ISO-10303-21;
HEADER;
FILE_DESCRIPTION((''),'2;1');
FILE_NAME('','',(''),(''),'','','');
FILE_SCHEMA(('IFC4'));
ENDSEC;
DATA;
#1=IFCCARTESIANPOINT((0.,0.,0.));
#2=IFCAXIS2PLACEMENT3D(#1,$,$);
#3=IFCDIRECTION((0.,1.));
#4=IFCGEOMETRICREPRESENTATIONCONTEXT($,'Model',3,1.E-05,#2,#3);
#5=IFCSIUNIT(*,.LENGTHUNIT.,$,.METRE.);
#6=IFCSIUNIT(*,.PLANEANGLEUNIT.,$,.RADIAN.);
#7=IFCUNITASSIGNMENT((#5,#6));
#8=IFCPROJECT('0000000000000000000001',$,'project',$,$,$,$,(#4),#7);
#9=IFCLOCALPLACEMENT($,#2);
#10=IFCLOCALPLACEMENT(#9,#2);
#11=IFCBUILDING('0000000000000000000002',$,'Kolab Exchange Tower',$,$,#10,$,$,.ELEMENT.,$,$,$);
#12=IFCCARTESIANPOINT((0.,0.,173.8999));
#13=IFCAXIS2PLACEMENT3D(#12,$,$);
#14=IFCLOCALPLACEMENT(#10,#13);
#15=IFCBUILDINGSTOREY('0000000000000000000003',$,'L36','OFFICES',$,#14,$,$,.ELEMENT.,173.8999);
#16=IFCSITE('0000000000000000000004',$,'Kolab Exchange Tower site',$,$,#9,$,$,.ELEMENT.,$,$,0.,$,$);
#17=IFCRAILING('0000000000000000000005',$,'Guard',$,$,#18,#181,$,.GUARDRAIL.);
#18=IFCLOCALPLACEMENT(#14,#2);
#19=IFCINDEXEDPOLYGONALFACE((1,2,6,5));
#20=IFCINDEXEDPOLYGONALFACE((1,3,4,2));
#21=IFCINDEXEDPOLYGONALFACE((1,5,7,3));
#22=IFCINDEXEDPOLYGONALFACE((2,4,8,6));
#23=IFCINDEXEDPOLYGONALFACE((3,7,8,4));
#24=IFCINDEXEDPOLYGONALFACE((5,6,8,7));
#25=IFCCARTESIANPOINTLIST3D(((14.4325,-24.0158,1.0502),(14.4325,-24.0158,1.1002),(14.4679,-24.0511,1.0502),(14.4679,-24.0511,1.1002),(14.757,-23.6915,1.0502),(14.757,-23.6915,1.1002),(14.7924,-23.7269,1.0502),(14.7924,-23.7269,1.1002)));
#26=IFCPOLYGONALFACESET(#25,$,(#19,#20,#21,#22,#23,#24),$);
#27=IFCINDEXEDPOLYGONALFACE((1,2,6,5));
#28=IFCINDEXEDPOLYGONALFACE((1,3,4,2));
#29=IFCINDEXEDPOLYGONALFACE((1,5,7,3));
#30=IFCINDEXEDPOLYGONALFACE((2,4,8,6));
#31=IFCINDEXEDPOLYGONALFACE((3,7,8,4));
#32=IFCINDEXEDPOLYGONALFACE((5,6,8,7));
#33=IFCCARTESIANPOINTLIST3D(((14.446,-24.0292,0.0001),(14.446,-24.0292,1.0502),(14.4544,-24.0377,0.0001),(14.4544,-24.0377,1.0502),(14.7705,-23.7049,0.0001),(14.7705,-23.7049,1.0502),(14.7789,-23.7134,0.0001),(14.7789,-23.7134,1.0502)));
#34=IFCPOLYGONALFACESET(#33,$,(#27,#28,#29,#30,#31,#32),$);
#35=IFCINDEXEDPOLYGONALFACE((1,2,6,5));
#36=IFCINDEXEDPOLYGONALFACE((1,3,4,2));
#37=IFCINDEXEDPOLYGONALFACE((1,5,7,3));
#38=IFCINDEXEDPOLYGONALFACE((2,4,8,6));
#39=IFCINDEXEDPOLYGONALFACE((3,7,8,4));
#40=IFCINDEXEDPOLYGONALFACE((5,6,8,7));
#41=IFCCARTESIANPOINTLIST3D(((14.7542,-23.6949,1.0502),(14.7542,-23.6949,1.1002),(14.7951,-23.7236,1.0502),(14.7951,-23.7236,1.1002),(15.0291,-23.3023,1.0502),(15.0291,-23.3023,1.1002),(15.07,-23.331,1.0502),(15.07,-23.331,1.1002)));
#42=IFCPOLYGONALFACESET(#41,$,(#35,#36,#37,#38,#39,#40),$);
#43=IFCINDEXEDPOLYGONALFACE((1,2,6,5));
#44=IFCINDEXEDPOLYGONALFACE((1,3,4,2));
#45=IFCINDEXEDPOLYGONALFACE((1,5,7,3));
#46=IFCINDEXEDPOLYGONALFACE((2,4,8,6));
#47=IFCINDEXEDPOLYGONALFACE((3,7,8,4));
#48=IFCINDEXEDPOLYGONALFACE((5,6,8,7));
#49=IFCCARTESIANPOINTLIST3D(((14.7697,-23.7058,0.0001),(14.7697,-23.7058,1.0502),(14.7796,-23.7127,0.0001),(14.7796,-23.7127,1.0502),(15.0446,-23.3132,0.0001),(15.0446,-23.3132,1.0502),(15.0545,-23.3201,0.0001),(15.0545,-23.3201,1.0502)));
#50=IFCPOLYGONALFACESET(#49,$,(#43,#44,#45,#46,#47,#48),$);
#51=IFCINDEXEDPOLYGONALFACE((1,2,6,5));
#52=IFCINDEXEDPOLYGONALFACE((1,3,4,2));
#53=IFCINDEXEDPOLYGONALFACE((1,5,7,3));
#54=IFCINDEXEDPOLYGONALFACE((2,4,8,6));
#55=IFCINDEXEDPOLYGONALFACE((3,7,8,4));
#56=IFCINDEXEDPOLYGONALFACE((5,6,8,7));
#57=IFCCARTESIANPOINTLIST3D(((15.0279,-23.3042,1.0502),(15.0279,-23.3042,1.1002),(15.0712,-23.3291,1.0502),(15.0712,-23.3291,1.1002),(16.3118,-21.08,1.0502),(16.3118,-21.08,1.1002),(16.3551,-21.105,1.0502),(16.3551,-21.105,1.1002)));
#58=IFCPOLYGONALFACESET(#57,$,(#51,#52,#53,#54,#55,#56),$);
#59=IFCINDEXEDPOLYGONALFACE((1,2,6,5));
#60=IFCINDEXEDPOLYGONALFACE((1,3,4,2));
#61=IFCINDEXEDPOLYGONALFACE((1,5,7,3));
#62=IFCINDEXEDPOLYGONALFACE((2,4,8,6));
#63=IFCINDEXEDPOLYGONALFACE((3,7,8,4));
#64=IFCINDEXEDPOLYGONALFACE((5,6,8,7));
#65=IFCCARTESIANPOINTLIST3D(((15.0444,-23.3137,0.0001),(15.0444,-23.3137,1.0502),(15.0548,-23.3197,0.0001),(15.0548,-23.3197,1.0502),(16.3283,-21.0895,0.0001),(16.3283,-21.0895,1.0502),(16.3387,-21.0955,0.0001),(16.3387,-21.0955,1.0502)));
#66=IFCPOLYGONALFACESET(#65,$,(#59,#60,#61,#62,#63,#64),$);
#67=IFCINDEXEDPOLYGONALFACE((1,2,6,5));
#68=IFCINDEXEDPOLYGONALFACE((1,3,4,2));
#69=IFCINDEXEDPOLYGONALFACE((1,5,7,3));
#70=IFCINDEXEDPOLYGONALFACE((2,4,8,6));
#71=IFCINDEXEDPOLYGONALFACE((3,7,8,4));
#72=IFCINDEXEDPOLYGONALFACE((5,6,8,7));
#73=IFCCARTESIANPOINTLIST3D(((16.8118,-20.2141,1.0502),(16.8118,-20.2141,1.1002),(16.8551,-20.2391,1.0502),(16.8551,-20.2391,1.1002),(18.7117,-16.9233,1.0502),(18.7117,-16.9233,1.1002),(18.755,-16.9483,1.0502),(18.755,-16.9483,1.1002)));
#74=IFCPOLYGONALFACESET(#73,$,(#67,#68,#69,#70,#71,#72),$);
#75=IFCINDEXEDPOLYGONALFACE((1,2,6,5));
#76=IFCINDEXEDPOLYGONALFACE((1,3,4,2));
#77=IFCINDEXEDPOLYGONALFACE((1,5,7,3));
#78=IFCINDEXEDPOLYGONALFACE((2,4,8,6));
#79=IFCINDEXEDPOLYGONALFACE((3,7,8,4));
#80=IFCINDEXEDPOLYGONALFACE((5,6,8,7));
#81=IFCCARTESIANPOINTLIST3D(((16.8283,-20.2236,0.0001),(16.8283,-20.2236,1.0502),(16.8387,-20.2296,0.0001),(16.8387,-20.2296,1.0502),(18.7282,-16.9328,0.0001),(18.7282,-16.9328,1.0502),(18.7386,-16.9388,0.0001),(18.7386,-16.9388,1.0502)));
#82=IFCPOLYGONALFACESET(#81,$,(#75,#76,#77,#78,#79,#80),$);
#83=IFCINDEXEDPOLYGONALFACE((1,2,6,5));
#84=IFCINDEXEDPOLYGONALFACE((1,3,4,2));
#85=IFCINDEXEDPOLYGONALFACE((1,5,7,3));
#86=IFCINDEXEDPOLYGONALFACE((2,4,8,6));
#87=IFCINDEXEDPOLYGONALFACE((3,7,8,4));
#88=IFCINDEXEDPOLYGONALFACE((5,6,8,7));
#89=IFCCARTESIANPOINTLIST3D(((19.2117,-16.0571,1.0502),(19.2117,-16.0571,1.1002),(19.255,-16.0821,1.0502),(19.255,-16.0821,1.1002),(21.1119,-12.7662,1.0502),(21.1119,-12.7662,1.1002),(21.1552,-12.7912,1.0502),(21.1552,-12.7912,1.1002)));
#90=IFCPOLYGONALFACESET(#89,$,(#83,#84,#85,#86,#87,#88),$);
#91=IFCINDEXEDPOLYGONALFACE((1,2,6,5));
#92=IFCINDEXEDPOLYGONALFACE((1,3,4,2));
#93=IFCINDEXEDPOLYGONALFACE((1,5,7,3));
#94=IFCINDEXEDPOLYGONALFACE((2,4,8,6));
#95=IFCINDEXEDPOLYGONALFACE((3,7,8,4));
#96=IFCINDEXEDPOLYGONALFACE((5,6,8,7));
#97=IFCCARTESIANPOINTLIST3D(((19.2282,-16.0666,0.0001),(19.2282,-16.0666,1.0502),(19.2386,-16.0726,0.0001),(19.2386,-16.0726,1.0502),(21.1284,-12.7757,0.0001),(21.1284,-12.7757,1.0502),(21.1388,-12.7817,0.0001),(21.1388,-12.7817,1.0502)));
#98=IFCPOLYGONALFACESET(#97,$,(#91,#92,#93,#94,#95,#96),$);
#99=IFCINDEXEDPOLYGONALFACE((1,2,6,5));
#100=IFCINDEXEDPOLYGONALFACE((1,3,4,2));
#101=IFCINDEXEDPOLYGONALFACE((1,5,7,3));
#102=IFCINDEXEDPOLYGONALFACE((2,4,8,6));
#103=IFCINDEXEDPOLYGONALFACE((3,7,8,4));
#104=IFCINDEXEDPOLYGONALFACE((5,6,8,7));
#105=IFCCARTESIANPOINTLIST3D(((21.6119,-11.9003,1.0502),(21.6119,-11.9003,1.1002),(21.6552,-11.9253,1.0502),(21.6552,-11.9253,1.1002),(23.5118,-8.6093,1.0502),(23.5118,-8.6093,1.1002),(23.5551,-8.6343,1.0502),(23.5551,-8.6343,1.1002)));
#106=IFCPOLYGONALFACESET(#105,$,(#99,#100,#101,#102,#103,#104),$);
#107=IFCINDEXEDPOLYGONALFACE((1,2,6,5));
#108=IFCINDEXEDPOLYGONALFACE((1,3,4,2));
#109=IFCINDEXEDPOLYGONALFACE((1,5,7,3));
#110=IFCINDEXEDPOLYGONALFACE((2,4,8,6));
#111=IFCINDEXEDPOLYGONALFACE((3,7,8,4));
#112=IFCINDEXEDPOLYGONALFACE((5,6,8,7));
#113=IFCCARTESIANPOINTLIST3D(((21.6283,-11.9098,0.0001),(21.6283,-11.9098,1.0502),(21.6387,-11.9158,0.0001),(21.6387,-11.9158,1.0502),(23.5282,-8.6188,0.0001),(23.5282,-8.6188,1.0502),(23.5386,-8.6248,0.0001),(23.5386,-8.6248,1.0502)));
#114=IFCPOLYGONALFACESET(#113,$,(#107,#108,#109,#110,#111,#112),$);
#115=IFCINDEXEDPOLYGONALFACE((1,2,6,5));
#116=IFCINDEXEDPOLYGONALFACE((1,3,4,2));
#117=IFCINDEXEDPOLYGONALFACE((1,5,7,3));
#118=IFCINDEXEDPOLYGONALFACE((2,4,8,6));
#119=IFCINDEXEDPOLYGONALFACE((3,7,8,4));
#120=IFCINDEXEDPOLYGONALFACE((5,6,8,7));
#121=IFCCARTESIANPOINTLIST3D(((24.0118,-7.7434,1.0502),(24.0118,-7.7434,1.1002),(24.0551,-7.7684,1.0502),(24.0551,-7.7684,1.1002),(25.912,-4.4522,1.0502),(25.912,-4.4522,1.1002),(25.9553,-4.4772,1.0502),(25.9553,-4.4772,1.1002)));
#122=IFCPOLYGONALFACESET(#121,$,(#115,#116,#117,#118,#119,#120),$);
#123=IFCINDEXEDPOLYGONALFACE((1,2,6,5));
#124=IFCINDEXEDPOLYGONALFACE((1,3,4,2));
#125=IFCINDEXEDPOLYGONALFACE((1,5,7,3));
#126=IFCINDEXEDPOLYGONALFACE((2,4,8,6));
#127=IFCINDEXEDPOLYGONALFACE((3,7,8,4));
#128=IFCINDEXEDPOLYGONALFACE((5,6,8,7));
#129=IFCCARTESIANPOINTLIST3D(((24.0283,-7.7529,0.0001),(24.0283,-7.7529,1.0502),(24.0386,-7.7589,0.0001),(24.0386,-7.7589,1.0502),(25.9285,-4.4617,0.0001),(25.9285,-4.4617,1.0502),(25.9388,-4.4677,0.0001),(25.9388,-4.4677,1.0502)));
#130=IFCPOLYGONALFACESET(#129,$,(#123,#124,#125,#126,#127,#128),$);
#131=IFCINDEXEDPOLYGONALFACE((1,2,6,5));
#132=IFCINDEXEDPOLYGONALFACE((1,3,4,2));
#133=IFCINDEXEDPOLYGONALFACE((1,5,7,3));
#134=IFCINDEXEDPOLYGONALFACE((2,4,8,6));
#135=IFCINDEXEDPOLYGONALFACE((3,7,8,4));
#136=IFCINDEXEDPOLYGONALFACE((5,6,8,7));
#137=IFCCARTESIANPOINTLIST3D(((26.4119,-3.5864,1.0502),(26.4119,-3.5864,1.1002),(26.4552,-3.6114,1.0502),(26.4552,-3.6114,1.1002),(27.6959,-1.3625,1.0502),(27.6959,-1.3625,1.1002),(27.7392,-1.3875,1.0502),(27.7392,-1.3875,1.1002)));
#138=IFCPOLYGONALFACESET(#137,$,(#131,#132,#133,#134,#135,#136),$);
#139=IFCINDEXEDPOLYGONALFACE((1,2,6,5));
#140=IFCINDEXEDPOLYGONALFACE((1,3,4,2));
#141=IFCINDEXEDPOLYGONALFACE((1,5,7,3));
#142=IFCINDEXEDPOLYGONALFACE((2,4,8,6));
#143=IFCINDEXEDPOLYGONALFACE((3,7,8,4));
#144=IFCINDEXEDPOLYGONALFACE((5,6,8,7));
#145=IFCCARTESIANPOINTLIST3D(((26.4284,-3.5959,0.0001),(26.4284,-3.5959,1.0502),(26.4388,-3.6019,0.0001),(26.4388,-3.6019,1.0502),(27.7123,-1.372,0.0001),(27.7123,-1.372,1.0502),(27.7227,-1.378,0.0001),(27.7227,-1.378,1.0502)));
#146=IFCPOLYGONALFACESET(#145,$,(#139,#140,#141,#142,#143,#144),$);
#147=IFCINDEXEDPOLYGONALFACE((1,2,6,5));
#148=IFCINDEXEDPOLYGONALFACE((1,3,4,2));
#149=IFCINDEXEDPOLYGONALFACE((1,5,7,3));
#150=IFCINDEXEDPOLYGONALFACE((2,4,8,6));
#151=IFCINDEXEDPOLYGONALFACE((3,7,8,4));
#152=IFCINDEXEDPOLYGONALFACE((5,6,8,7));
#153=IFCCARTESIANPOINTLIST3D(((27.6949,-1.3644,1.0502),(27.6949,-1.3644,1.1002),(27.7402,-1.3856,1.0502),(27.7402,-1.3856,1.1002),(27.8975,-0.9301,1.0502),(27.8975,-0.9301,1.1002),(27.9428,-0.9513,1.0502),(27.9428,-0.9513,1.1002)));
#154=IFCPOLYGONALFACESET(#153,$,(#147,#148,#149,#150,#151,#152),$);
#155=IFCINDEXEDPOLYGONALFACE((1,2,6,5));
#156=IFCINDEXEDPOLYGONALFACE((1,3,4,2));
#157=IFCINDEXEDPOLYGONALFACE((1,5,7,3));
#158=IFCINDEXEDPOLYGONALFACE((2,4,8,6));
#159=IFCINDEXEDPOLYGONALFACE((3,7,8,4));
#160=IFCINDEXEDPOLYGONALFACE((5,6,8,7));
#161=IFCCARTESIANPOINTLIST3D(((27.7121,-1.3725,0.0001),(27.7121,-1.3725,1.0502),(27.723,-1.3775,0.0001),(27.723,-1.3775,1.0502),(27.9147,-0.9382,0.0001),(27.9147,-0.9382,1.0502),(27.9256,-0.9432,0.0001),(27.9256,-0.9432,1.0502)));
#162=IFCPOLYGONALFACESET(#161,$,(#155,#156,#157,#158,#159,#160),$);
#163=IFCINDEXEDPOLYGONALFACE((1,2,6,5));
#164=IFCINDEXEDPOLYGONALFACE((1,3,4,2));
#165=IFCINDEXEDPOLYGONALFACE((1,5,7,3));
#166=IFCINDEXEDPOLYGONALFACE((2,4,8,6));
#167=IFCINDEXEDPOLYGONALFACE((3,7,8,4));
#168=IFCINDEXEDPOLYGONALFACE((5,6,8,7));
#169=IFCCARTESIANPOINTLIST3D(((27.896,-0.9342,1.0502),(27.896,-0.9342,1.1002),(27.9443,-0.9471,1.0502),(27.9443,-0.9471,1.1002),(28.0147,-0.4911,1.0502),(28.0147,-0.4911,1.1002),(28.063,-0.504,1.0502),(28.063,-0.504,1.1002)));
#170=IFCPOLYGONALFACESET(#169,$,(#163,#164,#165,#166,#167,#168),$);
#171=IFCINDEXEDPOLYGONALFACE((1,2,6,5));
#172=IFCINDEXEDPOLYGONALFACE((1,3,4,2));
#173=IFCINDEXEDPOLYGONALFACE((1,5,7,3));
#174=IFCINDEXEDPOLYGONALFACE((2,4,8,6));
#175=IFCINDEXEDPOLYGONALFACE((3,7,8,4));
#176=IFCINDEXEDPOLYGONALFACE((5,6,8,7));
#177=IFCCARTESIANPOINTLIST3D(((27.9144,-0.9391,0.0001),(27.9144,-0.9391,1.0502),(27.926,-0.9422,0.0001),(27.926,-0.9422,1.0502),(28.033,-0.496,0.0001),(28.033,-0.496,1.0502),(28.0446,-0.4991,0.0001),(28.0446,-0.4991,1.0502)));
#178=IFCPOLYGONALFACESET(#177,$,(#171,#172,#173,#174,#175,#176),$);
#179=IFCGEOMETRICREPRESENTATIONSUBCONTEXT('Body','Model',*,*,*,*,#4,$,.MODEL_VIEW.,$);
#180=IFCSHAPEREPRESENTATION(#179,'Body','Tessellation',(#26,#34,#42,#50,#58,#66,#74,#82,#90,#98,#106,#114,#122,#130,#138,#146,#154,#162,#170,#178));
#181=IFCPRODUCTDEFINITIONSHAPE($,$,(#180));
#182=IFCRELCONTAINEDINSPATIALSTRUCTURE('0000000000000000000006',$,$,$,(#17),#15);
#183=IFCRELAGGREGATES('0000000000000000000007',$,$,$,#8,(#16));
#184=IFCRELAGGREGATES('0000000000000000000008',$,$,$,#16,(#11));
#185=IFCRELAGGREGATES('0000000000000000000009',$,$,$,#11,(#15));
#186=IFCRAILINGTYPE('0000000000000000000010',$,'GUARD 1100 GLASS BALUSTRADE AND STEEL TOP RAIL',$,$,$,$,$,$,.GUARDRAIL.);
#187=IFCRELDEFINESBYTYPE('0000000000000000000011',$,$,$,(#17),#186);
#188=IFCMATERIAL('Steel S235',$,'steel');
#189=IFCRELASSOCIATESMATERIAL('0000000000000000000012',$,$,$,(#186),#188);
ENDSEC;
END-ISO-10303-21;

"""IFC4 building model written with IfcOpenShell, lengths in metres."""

from ifc_helpers import new_model, si_unit, direction, frame, frame_2d, origin, origin_2d, place, context, subcontext, project, spatial, rectangle, extrude, material, type_object, element, save


model = new_model("IFC4")

# Units and contexts
model_context = context("Model", 3, precision=1e-05, world=origin(), true_north=direction((0.0, 1.0)))
body_context = subcontext(model_context, "Body", "Model", "MODEL_VIEW")
ifc_project = project(units=[si_unit("LENGTHUNIT", "METRE"), si_unit("PLANEANGLEUNIT", "RADIAN")], contexts=[model_context])

# Site, building, storey
site_placement = place(None, origin())
site = spatial("IfcSite", under=ifc_project, at=site_placement, Name="Kolab Exchange Tower site", CompositionType="ELEMENT", RefElevation=0.0)
building_placement = place(site_placement, origin())
building = spatial("IfcBuilding", under=site, at=building_placement, Name="Kolab Exchange Tower", CompositionType="ELEMENT")
storey_placement = place(building_placement, frame((0.0, 0.0, 173.8999)))
storey = spatial("IfcBuildingStorey", under=building, at=storey_placement, Name="L36", Description="OFFICES", CompositionType="ELEMENT", Elevation=173.8999)

# Railing
ifc_material_1 = material(Name="Steel S235", Category="steel")
railing_type = type_object("IfcRailingType", Name="GUARD 1100 GLASS BALUSTRADE AND STEEL TOP RAIL", PredefinedType="GUARDRAIL", material=ifc_material_1)
railing_placement = place(storey_placement, frame((14.4502, -24.0334, 0.0)))
element("IfcRailing", 1, at=railing_placement, inside=storey, type_object=railing_type, Name="Guard", PredefinedType="GUARDRAIL", context=body_context, shape_type="SweptSolid", body=[
    extrude(rectangle(XDim=0.05, YDim=0.05, at=origin_2d()), frame((0.0, 0.0, 1.0752), z_axis=(0.707373, 0.706841, 0.0), x_axis=(-0.706841, 0.707373, 0.0)), (0.0, 0.0, 1.0), 0.4587),
    extrude(rectangle(XDim=0.012, YDim=1.0501, at=frame_2d((0.0, 0.5251))), frame((0.0, 0.0, 0.0), z_axis=(0.707373, 0.706841, 0.0), x_axis=(-0.706841, 0.707373, 0.0)), (0.0, 0.0, 1.0), 0.4587),
    extrude(rectangle(XDim=0.05, YDim=0.05, at=origin_2d()), frame((0.3245, 0.3242, 1.0752), z_axis=(0.573599, 0.819136, 0.0), x_axis=(-0.819136, 0.573599, 0.0)), (0.0, 0.0, 1.0), 0.4792),
    extrude(rectangle(XDim=0.012, YDim=1.0501, at=frame_2d((0.0, 0.5251))), frame((0.3245, 0.3242, 0.0), z_axis=(0.573599, 0.819136, 0.0), x_axis=(-0.819136, 0.573599, 0.0)), (0.0, 0.0, 1.0), 0.4792),
    extrude(rectangle(XDim=0.05, YDim=0.05, at=origin_2d()), frame((0.5994, 0.7168, 1.0752), z_axis=(0.499953, 0.866053, 0.0), x_axis=(-0.866053, 0.499953, 0.0)), (0.0, 0.0, 1.0), 2.5681),
    extrude(rectangle(XDim=0.012, YDim=1.0501, at=frame_2d((0.0, 0.5251))), frame((0.5994, 0.7168, 0.0), z_axis=(0.499953, 0.866053, 0.0), x_axis=(-0.866053, 0.499953, 0.0)), (0.0, 0.0, 1.0), 2.5681),
    extrude(rectangle(XDim=0.05, YDim=0.05, at=origin_2d()), frame((2.3833, 3.8069, 1.0752), z_axis=(0.499995, 0.866028, 0.0), x_axis=(-0.866028, 0.499995, 0.0)), (0.0, 0.0, 1.0), 3.7998),
    extrude(rectangle(XDim=0.012, YDim=1.0501, at=frame_2d((0.0, 0.5251))), frame((2.3833, 3.8069, 0.0), z_axis=(0.499995, 0.866028, 0.0), x_axis=(-0.866028, 0.499995, 0.0)), (0.0, 0.0, 1.0), 3.7998),
    extrude(rectangle(XDim=0.05, YDim=0.05, at=origin_2d()), frame((4.7832, 7.9639, 1.0752), z_axis=(0.500043, 0.866, 0.0), x_axis=(-0.866, 0.500043, 0.0)), (0.0, 0.0, 1.0), 3.8),
    extrude(rectangle(XDim=0.012, YDim=1.0501, at=frame_2d((0.0, 0.5251))), frame((4.7832, 7.9639, 0.0), z_axis=(0.500043, 0.866, 0.0), x_axis=(-0.866, 0.500043, 0.0)), (0.0, 0.0, 1.0), 3.8),
    extrude(rectangle(XDim=0.05, YDim=0.05, at=origin_2d()), frame((7.1833, 12.1206, 1.0752), z_axis=(0.499967, 0.866044, 0.0), x_axis=(-0.866044, 0.499967, 0.0)), (0.0, 0.0, 1.0), 3.8),
    extrude(rectangle(XDim=0.012, YDim=1.0501, at=frame_2d((0.0, 0.5251))), frame((7.1833, 12.1206, 0.0), z_axis=(0.499967, 0.866044, 0.0), x_axis=(-0.866044, 0.499967, 0.0)), (0.0, 0.0, 1.0), 3.8),
    extrude(rectangle(XDim=0.05, YDim=0.05, at=origin_2d()), frame((9.5833, 16.2776, 1.0752), z_axis=(0.500015, 0.866017, 0.0), x_axis=(-0.866017, 0.500015, 0.0)), (0.0, 0.0, 1.0), 3.8003),
    extrude(rectangle(XDim=0.012, YDim=1.0501, at=frame_2d((0.0, 0.5251))), frame((9.5833, 16.2776, 0.0), z_axis=(0.500015, 0.866017, 0.0), x_axis=(-0.866017, 0.500015, 0.0)), (0.0, 0.0, 1.0), 3.8003),
    extrude(rectangle(XDim=0.05, YDim=0.05, at=origin_2d()), frame((11.9834, 20.4346, 1.0752), z_axis=(0.499994, 0.866029, 0.0), x_axis=(-0.866029, 0.499994, 0.0)), (0.0, 0.0, 1.0), 2.5679),
    extrude(rectangle(XDim=0.012, YDim=1.0501, at=frame_2d((0.0, 0.5251))), frame((11.9834, 20.4346, 0.0), z_axis=(0.499994, 0.866029, 0.0), x_axis=(-0.866029, 0.499994, 0.0)), (0.0, 0.0, 1.0), 2.5679),
    extrude(rectangle(XDim=0.05, YDim=0.05, at=origin_2d()), frame((13.2673, 22.6584, 1.0752), z_axis=(0.422802, 0.906222, 0.0), x_axis=(-0.906222, 0.422802, 0.0)), (0.0, 0.0, 1.0), 0.4792),
    extrude(rectangle(XDim=0.012, YDim=1.0501, at=frame_2d((0.0, 0.5251))), frame((13.2673, 22.6584, 0.0), z_axis=(0.422802, 0.906222, 0.0), x_axis=(-0.906222, 0.422802, 0.0)), (0.0, 0.0, 1.0), 0.4792),
    extrude(rectangle(XDim=0.05, YDim=0.05, at=origin_2d()), frame((13.47, 23.0928, 1.0752), z_axis=(0.258656, 0.965969, 0.0), x_axis=(-0.965969, 0.258656, 0.0)), (0.0, 0.0, 1.0), 0.4587),
    extrude(rectangle(XDim=0.012, YDim=1.0501, at=frame_2d((0.0, 0.5251))), frame((13.47, 23.0928, 0.0), z_axis=(0.258656, 0.965969, 0.0), x_axis=(-0.965969, 0.258656, 0.0)), (0.0, 0.0, 1.0), 0.4587),
])

save(model, "model.ifc")
